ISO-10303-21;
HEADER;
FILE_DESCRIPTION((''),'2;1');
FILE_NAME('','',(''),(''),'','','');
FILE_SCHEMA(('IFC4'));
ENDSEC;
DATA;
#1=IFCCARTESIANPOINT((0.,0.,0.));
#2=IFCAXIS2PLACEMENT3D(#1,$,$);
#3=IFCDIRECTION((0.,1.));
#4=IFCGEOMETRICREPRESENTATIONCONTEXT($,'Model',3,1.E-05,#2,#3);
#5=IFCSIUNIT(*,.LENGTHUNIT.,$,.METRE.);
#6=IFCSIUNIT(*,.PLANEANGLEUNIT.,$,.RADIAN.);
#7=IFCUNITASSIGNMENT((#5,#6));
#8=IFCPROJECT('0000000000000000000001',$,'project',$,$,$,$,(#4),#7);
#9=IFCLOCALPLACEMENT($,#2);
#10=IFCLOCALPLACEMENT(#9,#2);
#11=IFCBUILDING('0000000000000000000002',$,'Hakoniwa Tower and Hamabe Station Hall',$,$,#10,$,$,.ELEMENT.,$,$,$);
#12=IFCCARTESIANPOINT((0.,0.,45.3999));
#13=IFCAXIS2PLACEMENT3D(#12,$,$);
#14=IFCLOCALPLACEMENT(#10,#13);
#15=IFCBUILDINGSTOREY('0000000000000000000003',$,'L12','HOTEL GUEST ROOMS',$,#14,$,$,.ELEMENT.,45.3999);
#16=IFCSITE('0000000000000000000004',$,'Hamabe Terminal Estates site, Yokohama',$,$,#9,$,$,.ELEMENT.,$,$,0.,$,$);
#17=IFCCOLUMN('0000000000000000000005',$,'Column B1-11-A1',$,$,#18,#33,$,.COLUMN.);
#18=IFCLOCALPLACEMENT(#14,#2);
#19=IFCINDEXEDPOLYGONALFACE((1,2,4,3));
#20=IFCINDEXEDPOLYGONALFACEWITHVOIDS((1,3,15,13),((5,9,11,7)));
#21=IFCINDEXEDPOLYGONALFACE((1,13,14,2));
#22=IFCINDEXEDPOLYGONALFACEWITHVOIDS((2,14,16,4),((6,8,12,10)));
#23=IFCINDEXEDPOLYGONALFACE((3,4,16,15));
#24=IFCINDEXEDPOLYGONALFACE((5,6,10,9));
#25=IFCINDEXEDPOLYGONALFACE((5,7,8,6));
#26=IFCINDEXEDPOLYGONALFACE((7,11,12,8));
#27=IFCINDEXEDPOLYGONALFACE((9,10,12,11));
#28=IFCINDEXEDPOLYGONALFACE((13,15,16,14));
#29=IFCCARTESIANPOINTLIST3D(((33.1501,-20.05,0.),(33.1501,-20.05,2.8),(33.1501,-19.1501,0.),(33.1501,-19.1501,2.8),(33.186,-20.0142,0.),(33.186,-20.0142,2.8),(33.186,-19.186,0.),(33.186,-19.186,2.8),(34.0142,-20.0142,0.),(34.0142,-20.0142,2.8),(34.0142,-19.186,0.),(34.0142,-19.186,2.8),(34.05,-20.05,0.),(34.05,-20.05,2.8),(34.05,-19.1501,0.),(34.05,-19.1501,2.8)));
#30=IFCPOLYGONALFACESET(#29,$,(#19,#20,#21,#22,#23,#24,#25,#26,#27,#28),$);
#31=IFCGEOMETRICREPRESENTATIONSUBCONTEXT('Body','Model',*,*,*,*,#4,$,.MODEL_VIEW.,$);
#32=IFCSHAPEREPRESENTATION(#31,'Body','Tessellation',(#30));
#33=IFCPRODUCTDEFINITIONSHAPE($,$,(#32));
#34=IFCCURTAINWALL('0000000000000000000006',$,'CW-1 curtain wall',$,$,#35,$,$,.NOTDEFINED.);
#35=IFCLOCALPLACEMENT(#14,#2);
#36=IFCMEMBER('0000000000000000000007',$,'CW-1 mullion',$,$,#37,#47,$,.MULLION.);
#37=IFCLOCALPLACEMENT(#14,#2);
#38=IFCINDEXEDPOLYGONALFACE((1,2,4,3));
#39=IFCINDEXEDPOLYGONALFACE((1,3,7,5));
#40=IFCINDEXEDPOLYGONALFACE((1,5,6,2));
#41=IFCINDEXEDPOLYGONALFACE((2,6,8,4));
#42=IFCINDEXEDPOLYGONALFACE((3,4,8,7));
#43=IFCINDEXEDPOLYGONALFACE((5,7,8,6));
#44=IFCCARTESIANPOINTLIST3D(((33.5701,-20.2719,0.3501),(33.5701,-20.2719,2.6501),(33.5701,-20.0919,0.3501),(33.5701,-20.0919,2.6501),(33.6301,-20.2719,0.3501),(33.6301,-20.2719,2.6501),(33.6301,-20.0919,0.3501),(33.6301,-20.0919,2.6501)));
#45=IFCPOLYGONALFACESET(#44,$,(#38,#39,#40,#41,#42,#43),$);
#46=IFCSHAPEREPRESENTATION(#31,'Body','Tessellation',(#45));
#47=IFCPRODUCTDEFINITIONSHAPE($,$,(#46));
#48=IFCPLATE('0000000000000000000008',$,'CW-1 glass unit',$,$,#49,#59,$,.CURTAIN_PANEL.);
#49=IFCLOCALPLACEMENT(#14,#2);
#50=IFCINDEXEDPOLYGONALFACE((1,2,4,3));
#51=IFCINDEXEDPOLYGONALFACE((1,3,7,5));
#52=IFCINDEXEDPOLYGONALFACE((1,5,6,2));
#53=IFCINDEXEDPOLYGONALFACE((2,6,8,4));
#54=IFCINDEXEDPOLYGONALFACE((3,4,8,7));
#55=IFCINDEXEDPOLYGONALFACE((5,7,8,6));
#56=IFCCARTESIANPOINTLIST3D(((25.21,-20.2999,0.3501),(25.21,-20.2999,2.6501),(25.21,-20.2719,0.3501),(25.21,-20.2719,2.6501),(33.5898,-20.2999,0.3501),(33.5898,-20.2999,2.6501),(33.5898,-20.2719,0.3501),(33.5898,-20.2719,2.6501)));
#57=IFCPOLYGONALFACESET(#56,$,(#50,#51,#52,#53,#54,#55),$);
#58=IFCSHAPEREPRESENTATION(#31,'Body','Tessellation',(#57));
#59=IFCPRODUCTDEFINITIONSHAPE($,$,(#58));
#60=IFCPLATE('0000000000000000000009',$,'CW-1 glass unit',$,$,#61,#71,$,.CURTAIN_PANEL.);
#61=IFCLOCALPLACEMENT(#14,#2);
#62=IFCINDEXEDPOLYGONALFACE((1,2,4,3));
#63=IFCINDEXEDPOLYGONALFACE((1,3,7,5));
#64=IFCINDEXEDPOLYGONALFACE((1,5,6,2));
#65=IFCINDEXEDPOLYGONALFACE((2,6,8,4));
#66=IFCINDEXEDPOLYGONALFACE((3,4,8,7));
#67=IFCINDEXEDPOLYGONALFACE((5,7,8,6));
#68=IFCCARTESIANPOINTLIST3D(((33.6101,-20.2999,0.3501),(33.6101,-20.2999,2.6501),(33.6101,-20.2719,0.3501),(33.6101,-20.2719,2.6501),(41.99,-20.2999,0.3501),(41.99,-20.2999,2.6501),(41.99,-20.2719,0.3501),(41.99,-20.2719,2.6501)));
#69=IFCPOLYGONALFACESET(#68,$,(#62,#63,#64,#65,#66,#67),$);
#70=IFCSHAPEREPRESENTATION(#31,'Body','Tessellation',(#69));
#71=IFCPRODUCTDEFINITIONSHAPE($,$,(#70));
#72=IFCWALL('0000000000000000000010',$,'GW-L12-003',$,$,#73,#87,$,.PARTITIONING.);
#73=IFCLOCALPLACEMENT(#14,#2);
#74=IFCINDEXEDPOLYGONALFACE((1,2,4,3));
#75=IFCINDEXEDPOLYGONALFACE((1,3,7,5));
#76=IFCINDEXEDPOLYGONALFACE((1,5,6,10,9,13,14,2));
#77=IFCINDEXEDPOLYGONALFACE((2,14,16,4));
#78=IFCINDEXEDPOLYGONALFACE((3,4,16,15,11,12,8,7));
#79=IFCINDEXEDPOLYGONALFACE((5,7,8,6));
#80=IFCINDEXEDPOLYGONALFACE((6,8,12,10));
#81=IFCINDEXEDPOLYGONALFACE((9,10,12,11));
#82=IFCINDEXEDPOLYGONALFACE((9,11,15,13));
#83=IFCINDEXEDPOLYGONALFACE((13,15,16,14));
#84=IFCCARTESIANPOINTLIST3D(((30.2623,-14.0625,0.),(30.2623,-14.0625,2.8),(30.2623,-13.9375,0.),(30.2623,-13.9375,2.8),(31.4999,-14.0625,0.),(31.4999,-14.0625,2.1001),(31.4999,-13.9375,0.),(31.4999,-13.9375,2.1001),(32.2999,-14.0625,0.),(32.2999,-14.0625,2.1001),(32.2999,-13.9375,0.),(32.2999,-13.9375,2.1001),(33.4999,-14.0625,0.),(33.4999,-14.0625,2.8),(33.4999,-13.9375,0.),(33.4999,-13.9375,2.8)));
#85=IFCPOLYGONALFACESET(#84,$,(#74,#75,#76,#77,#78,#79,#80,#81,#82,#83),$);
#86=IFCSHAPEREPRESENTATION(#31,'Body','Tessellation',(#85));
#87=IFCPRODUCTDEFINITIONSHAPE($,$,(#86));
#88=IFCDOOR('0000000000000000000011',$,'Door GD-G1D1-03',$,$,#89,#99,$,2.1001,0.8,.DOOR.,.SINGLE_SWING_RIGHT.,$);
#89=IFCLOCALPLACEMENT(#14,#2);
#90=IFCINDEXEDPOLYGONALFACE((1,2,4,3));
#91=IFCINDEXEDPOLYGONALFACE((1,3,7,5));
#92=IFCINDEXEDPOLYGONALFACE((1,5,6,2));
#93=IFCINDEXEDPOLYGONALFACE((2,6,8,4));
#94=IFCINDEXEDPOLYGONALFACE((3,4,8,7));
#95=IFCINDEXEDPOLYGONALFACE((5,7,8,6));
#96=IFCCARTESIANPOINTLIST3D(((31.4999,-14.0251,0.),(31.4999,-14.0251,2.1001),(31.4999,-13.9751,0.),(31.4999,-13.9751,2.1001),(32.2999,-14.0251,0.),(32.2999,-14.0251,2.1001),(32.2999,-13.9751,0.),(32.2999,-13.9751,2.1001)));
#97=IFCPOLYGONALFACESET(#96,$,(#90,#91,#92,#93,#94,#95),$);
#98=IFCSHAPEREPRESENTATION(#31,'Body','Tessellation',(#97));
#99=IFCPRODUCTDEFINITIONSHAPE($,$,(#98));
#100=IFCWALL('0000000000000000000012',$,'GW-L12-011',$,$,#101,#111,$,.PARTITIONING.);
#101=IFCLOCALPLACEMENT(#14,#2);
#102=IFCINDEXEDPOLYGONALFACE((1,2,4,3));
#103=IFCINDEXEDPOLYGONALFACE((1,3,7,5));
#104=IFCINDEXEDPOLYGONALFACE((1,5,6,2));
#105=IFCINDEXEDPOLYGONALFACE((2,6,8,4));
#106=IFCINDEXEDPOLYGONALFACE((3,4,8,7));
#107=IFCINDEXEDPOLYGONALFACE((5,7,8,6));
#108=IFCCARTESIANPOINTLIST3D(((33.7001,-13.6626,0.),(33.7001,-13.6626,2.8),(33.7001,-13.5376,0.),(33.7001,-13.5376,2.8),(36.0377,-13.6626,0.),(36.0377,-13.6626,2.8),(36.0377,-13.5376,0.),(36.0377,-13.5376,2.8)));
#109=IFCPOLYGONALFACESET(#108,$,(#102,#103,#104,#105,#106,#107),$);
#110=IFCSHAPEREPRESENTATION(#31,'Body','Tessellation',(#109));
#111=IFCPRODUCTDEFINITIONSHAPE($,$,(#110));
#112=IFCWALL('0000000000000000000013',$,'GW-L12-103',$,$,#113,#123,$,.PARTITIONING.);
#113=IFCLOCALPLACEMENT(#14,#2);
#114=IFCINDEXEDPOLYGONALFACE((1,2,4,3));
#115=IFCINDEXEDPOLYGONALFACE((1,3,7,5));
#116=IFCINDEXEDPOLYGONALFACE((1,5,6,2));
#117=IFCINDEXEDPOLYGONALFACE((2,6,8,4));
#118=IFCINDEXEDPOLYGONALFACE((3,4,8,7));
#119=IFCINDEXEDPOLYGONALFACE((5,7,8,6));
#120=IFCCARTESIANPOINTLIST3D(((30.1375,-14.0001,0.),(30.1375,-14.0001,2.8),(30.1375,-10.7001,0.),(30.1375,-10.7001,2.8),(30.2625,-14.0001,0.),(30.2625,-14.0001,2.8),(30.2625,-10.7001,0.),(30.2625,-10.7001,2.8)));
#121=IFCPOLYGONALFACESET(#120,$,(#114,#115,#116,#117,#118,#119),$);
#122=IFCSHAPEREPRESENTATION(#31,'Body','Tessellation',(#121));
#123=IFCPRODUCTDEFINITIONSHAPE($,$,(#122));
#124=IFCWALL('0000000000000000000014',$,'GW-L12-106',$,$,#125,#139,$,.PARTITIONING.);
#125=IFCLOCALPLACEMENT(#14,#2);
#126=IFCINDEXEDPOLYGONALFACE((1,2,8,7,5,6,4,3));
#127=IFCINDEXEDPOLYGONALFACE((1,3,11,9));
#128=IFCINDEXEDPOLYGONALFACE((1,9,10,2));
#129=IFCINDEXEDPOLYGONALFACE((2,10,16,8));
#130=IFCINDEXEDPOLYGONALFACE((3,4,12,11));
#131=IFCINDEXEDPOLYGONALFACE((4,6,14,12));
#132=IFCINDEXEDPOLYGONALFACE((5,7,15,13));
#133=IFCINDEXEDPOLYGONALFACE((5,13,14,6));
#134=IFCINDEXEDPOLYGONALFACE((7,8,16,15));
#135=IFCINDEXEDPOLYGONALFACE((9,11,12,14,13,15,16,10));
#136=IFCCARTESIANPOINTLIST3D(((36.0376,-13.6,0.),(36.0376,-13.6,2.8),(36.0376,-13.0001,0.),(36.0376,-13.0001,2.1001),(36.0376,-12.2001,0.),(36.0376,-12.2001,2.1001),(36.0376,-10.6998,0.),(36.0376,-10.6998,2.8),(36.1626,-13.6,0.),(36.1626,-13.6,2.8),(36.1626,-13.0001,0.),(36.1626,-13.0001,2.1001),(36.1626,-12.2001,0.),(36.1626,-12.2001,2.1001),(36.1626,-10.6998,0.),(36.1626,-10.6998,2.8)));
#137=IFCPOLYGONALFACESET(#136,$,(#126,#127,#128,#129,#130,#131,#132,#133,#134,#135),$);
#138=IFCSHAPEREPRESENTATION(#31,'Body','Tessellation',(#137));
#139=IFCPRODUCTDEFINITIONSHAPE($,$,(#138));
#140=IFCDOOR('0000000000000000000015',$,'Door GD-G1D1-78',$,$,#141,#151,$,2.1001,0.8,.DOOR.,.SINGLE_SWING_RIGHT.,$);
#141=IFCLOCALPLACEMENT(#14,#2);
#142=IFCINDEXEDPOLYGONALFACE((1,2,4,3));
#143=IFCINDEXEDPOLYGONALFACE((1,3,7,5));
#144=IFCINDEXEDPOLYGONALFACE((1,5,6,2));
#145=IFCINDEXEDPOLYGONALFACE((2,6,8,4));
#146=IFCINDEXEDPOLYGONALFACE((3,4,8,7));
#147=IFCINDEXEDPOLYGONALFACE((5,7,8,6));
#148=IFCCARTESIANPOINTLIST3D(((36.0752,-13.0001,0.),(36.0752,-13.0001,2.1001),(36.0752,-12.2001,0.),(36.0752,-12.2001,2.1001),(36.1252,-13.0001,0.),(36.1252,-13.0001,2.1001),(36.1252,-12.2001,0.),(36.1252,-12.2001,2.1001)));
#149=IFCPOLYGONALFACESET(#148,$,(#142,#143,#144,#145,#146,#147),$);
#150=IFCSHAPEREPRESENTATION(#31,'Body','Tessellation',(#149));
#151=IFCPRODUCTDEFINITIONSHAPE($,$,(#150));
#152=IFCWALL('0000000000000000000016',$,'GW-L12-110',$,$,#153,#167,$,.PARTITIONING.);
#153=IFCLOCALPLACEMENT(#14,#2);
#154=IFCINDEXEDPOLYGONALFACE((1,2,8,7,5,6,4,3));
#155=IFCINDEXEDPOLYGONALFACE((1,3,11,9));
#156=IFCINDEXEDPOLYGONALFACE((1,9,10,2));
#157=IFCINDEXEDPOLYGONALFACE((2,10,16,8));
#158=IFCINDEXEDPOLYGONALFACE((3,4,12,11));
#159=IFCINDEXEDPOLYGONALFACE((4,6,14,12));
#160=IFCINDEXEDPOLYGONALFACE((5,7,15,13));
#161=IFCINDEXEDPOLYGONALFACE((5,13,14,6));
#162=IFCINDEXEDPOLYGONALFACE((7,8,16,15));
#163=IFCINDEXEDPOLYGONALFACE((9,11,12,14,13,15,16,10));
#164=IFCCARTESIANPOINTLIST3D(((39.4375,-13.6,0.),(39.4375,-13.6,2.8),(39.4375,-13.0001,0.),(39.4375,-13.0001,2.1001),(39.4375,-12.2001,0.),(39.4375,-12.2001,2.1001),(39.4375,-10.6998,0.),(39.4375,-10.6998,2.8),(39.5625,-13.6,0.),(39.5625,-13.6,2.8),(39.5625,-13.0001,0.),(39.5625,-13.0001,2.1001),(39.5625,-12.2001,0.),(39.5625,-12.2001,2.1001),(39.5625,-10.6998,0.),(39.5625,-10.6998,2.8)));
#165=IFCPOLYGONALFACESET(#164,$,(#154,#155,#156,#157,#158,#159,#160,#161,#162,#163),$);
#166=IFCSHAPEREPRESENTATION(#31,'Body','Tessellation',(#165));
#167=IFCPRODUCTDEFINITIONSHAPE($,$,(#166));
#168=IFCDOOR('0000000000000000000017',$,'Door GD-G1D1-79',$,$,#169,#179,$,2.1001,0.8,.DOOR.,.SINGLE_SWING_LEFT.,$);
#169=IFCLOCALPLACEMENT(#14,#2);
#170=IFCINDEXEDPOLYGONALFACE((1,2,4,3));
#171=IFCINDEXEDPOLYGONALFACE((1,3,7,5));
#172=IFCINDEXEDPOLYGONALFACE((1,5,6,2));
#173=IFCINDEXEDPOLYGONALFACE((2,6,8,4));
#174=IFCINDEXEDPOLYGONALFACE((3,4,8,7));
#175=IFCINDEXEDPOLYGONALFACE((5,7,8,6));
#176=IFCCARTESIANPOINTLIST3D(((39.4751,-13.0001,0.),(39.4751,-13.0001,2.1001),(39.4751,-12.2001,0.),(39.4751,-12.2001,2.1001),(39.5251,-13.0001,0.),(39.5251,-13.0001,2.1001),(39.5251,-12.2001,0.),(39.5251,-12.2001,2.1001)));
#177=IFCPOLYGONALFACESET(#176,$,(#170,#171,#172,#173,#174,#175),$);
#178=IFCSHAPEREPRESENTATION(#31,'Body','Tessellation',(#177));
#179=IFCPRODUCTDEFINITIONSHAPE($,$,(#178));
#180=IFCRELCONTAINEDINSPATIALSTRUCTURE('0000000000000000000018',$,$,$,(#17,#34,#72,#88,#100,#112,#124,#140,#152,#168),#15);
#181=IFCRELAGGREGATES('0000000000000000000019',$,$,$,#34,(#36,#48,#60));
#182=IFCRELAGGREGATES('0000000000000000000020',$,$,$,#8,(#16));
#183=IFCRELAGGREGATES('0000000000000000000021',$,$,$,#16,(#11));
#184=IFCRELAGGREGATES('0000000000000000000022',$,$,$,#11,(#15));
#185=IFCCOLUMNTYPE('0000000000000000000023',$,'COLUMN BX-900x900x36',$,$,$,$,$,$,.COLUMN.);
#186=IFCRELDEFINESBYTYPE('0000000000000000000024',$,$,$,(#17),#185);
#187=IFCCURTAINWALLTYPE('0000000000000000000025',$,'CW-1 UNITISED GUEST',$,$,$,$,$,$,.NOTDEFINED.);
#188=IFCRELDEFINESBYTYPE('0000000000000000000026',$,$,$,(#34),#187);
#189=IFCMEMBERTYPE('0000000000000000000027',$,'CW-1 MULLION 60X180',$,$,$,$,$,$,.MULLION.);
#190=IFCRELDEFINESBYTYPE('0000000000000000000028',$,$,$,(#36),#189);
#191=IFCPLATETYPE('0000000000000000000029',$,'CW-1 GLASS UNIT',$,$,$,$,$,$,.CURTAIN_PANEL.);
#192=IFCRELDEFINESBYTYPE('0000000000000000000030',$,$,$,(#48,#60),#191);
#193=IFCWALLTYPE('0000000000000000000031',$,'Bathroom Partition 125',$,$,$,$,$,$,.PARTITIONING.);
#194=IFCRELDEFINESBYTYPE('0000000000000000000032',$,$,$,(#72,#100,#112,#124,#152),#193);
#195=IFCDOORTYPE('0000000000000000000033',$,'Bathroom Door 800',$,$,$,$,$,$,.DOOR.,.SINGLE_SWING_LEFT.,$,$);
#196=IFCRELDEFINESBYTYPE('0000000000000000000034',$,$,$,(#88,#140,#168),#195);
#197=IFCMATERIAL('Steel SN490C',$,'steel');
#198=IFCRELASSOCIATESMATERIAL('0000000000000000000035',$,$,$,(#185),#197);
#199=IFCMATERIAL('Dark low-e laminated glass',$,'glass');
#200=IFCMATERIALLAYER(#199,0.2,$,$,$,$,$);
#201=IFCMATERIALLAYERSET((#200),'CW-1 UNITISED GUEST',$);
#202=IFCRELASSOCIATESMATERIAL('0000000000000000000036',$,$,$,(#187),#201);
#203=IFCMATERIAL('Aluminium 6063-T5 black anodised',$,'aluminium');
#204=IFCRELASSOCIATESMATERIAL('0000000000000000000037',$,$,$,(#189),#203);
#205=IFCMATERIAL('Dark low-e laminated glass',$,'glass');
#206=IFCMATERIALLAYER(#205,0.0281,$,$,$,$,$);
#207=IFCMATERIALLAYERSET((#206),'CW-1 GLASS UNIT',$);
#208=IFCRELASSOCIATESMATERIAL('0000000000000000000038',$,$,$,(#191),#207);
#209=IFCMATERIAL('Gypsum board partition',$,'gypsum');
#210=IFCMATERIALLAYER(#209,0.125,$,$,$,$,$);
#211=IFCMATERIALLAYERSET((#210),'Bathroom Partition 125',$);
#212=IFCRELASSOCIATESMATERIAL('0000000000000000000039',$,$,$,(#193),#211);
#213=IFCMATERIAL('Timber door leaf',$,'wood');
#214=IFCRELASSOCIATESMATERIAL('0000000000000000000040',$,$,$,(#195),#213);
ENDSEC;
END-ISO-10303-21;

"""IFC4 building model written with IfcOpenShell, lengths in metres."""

from ifc_helpers import new_model, si_unit, direction, frame, frame_2d, origin, origin_2d, place, context, subcontext, project, spatial, rectangle, hollow_rectangle, extrude, material, layer, layer_set, material_profile, profile_set, type_object, element, fill, aggregate, save


model = new_model("IFC4")

# Units and contexts
model_context = context("Model", 3, precision=1e-05, world=origin(), true_north=direction((0.0, 1.0)))
body_context = subcontext(model_context, "Body", "Model", "MODEL_VIEW")
ifc_project = project(units=[si_unit("LENGTHUNIT", "METRE"), si_unit("PLANEANGLEUNIT", "RADIAN")], contexts=[model_context])

# Site, building, storey
site_placement = place(None, origin())
site = spatial("IfcSite", under=ifc_project, at=site_placement, Name="Hamabe Terminal Estates site, Yokohama", CompositionType="ELEMENT", RefElevation=0.0)
building_placement = place(site_placement, origin())
building = spatial("IfcBuilding", under=site, at=building_placement, Name="Hakoniwa Tower and Hamabe Station Hall", CompositionType="ELEMENT")
storey_placement = place(building_placement, frame((0.0, 0.0, 45.3999)))
storey = spatial("IfcBuildingStorey", under=building, at=storey_placement, Name="L12", Description="HOTEL GUEST ROOMS", CompositionType="ELEMENT", Elevation=45.3999)

# Column
ifc_material_1 = material(Name="Steel SN490C", Category="steel")
ifc_material_profile_1 = material_profile(ifc_material_1, hollow_rectangle(XDim=0.8999, YDim=0.8999, WallThickness=0.0359, at=origin_2d()), Name="BX-900x900x36")
ifc_profile_set_1 = profile_set([ifc_material_profile_1], Name="Steel SN490C")
column_type = type_object("IfcColumnType", Name="COLUMN BX-900x900x36", PredefinedType="COLUMN", material=ifc_profile_set_1)
column_placement = place(storey_placement, frame((33.6001, -19.6001, 0.0), z_axis=(0.0, 0.0, 1.0), x_axis=(1.0, 0.0, 0.0)))
element("IfcColumn", 1, at=column_placement, inside=storey, type_object=column_type, Name="Column B1-11-A1", PredefinedType="COLUMN", context=body_context, shape_type="SweptSolid", body=[
    extrude(hollow_rectangle(XDim=0.8999, YDim=0.8999, WallThickness=0.0359, at=origin_2d()), origin(), (0.0, 0.0, 1.0), 2.8),
])

# Curtain wall, member, plates
ifc_material_2 = material(Name="Dark low-e laminated glass", Category="glass")
ifc_layer_1 = layer(ifc_material_2, 0.2)
ifc_layer_set_1 = layer_set([ifc_layer_1], Name="CW-1 UNITISED GUEST")
curtain_wall_type = type_object("IfcCurtainWallType", Name="CW-1 UNITISED GUEST", PredefinedType="NOTDEFINED", material=ifc_layer_set_1)
curtain_wall_placement = place(storey_placement, origin())
curtain_wall = element("IfcCurtainWall", 2, at=curtain_wall_placement, inside=storey, type_object=curtain_wall_type, Name="CW-1 curtain wall", PredefinedType="NOTDEFINED")
ifc_material_3 = material(Name="Aluminium 6063-T5 black anodised", Category="aluminium")
ifc_material_profile_2 = material_profile(ifc_material_3, rectangle(XDim=0.0601, YDim=0.1799, at=origin_2d()), Name="CW-1 MULLION 60X180")
ifc_profile_set_2 = profile_set([ifc_material_profile_2], Name="Aluminium 6063-T5 black anodised")
member_type = type_object("IfcMemberType", Name="CW-1 MULLION 60X180", PredefinedType="MULLION", material=ifc_profile_set_2)
member_placement = place(storey_placement, frame((33.6001, -20.1819, 0.3501), z_axis=(0.0, 0.0, 1.0), x_axis=(1.0, 0.0, 0.0)))
member = element("IfcMember", 3, at=member_placement, type_object=member_type, Name="CW-1 mullion", PredefinedType="MULLION", context=body_context, shape_type="SweptSolid", body=[
    extrude(rectangle(XDim=0.0601, YDim=0.1799, at=origin_2d()), origin(), (0.0, 0.0, 1.0), 2.3),
])
ifc_material_4 = material(Name="Dark low-e laminated glass", Category="glass")
ifc_layer_2 = layer(ifc_material_4, 0.0281)
ifc_layer_set_2 = layer_set([ifc_layer_2], Name="CW-1 GLASS UNIT")
plate_type = type_object("IfcPlateType", Name="CW-1 GLASS UNIT", PredefinedType="CURTAIN_PANEL", material=ifc_layer_set_2)
plate_1_placement = place(storey_placement, frame((29.3999, -20.2859, 0.3501), z_axis=(0.0, 0.0, 1.0), x_axis=(1.0, 0.0, 0.0)))
plate_1 = element("IfcPlate", 4, at=plate_1_placement, type_object=plate_type, Name="CW-1 glass unit", PredefinedType="CURTAIN_PANEL", context=body_context, shape_type="SweptSolid", body=[
    extrude(rectangle(XDim=8.3799, YDim=0.0281, at=origin_2d()), origin(), (0.0, 0.0, 1.0), 2.3),
])
plate_2_placement = place(storey_placement, frame((37.8, -20.2859, 0.3501), z_axis=(0.0, 0.0, 1.0), x_axis=(1.0, 0.0, 0.0)))
plate_2 = element("IfcPlate", 5, at=plate_2_placement, type_object=plate_type, Name="CW-1 glass unit", PredefinedType="CURTAIN_PANEL", context=body_context, shape_type="SweptSolid", body=[
    extrude(rectangle(XDim=8.3799, YDim=0.0281, at=origin_2d()), origin(), (0.0, 0.0, 1.0), 2.3),
])
aggregate(curtain_wall, [member, plate_1, plate_2])

# Wall, opening, door
ifc_material_5 = material(Name="Gypsum board partition", Category="gypsum")
ifc_layer_3 = layer(ifc_material_5, 0.125)
ifc_layer_set_3 = layer_set([ifc_layer_3], Name="Bathroom Partition 125")
wall_type_1 = type_object("IfcWallType", Name="Bathroom Partition 125", PredefinedType="PARTITIONING", material=ifc_layer_set_3)
wall_1_placement = place(storey_placement, frame((30.2625, -14.0, 0.0), z_axis=(0.0, 0.0, 1.0), x_axis=(1.0, 0.0, 0.0)))
wall_1 = element("IfcWall", 6, at=wall_1_placement, inside=storey, type_object=wall_type_1, Name="GW-L12-003", PredefinedType="PARTITIONING", context=body_context, shape_type="SweptSolid", body=[
    extrude(rectangle(XDim=3.2375, YDim=0.125, at=frame_2d((1.6187, 0.0))), origin(), (0.0, 0.0, 1.0), 2.8),
])
opening_1_placement = place(wall_1_placement, frame((1.2375, 0.0, 0.0)))
opening_1 = element("IfcOpeningElement", 7, at=opening_1_placement, cuts=wall_1, PredefinedType="OPENING", context=body_context, shape_type="SweptSolid", body=[
    extrude(rectangle(XDim=0.8, YDim=2.1001, at=frame_2d((0.3999, 1.05))), frame((0.0, 0.0725, 0.0), z_axis=(0.0, -1.0, 0.0), x_axis=(1.0, 0.0, 0.0)), (0.0, 0.0, 1.0), 0.145),
])
ifc_material_6 = material(Name="Timber door leaf", Category="wood")
door_type_1 = type_object("IfcDoorType", Name="Bathroom Door 800", OperationType="SINGLE_SWING_LEFT", PredefinedType="DOOR", material=ifc_material_6)
door_1_placement = place(opening_1_placement, origin())
door_1 = element("IfcDoor", 8, at=door_1_placement, inside=storey, type_object=door_type_1, Name="Door GD-G1D1-03", OperationType="SINGLE_SWING_RIGHT", OverallHeight=2.1001, OverallWidth=0.8, PredefinedType="DOOR", context=body_context, shape_type="SweptSolid", body=[
    extrude(rectangle(XDim=0.8, YDim=2.1001, at=frame_2d((0.3999, 1.05))), frame((0.0, 0.0249, 0.0), z_axis=(0.0, -1.0, 0.0), x_axis=(1.0, 0.0, 0.0)), (0.0, 0.0, 1.0), 0.05),
])
fill(opening_1, door_1)

# Walls
wall_2_placement = place(storey_placement, frame((33.7, -13.6001, 0.0), z_axis=(0.0, 0.0, 1.0), x_axis=(1.0, 0.0, 0.0)))
element("IfcWall", 9, at=wall_2_placement, inside=storey, type_object=wall_type_1, Name="GW-L12-011", PredefinedType="PARTITIONING", context=body_context, shape_type="SweptSolid", body=[
    extrude(rectangle(XDim=2.3376, YDim=0.125, at=frame_2d((1.1689, 0.0))), origin(), (0.0, 0.0, 1.0), 2.8),
])
wall_3_placement = place(storey_placement, frame((30.2, -14.0, 0.0), z_axis=(0.0, 0.0, 1.0), x_axis=(0.0, 1.0, 0.0)))
element("IfcWall", 10, at=wall_3_placement, inside=storey, type_object=wall_type_1, Name="GW-L12-103", PredefinedType="PARTITIONING", context=body_context, shape_type="SweptSolid", body=[
    extrude(rectangle(XDim=3.3, YDim=0.125, at=frame_2d((1.6499, 0.0))), origin(), (0.0, 0.0, 1.0), 2.8),
])

# Walls, openings, doors
wall_4_placement = place(storey_placement, frame((36.1001, -13.6001, 0.0), z_axis=(0.0, 0.0, 1.0), x_axis=(0.0, 1.0, 0.0)))
wall_4 = element("IfcWall", 11, at=wall_4_placement, inside=storey, type_object=wall_type_1, Name="GW-L12-106", PredefinedType="PARTITIONING", context=body_context, shape_type="SweptSolid", body=[
    extrude(rectangle(XDim=2.9001, YDim=0.125, at=frame_2d((1.4502, 0.0))), origin(), (0.0, 0.0, 1.0), 2.8),
])
opening_2_placement = place(wall_4_placement, frame((0.6001, 0.0, 0.0)))
opening_2 = element("IfcOpeningElement", 12, at=opening_2_placement, cuts=wall_4, PredefinedType="OPENING", context=body_context, shape_type="SweptSolid", body=[
    extrude(rectangle(XDim=0.8, YDim=2.1001, at=frame_2d((0.3999, 1.05))), frame((0.0, 0.0725, 0.0), z_axis=(0.0, -1.0, 0.0), x_axis=(1.0, 0.0, 0.0)), (0.0, 0.0, 1.0), 0.145),
])
door_2_placement = place(opening_2_placement, origin())
door_2 = element("IfcDoor", 13, at=door_2_placement, inside=storey, type_object=door_type_1, Name="Door GD-G1D1-78", OperationType="SINGLE_SWING_RIGHT", OverallHeight=2.1001, OverallWidth=0.8, PredefinedType="DOOR", context=body_context, shape_type="SweptSolid", body=[
    extrude(rectangle(XDim=0.8, YDim=2.1001, at=frame_2d((0.3999, 1.05))), frame((0.0, 0.0249, 0.0), z_axis=(0.0, -1.0, 0.0), x_axis=(1.0, 0.0, 0.0)), (0.0, 0.0, 1.0), 0.05),
])
fill(opening_2, door_2)
wall_5_placement = place(storey_placement, frame((39.5, -13.6001, 0.0), z_axis=(0.0, 0.0, 1.0), x_axis=(0.0, 1.0, 0.0)))
wall_5 = element("IfcWall", 14, at=wall_5_placement, inside=storey, type_object=wall_type_1, Name="GW-L12-110", PredefinedType="PARTITIONING", context=body_context, shape_type="SweptSolid", body=[
    extrude(rectangle(XDim=2.9001, YDim=0.125, at=frame_2d((1.4502, 0.0))), origin(), (0.0, 0.0, 1.0), 2.8),
])
opening_3_placement = place(wall_5_placement, frame((0.6001, 0.0, 0.0)))
opening_3 = element("IfcOpeningElement", 15, at=opening_3_placement, cuts=wall_5, PredefinedType="OPENING", context=body_context, shape_type="SweptSolid", body=[
    extrude(rectangle(XDim=0.8, YDim=2.1001, at=frame_2d((0.3999, 1.05))), frame((0.0, 0.0725, 0.0), z_axis=(0.0, -1.0, 0.0), x_axis=(1.0, 0.0, 0.0)), (0.0, 0.0, 1.0), 0.145),
])
door_3_placement = place(opening_3_placement, origin())
door_3 = element("IfcDoor", 16, at=door_3_placement, inside=storey, type_object=door_type_1, Name="Door GD-G1D1-79", OperationType="SINGLE_SWING_LEFT", OverallHeight=2.1001, OverallWidth=0.8, PredefinedType="DOOR", context=body_context, shape_type="SweptSolid", body=[
    extrude(rectangle(XDim=0.8, YDim=2.1001, at=frame_2d((0.3999, 1.05))), frame((0.0, 0.0249, 0.0), z_axis=(0.0, -1.0, 0.0), x_axis=(1.0, 0.0, 0.0)), (0.0, 0.0, 1.0), 0.05),
])
fill(opening_3, door_3)

save(model, "model.ifc")
